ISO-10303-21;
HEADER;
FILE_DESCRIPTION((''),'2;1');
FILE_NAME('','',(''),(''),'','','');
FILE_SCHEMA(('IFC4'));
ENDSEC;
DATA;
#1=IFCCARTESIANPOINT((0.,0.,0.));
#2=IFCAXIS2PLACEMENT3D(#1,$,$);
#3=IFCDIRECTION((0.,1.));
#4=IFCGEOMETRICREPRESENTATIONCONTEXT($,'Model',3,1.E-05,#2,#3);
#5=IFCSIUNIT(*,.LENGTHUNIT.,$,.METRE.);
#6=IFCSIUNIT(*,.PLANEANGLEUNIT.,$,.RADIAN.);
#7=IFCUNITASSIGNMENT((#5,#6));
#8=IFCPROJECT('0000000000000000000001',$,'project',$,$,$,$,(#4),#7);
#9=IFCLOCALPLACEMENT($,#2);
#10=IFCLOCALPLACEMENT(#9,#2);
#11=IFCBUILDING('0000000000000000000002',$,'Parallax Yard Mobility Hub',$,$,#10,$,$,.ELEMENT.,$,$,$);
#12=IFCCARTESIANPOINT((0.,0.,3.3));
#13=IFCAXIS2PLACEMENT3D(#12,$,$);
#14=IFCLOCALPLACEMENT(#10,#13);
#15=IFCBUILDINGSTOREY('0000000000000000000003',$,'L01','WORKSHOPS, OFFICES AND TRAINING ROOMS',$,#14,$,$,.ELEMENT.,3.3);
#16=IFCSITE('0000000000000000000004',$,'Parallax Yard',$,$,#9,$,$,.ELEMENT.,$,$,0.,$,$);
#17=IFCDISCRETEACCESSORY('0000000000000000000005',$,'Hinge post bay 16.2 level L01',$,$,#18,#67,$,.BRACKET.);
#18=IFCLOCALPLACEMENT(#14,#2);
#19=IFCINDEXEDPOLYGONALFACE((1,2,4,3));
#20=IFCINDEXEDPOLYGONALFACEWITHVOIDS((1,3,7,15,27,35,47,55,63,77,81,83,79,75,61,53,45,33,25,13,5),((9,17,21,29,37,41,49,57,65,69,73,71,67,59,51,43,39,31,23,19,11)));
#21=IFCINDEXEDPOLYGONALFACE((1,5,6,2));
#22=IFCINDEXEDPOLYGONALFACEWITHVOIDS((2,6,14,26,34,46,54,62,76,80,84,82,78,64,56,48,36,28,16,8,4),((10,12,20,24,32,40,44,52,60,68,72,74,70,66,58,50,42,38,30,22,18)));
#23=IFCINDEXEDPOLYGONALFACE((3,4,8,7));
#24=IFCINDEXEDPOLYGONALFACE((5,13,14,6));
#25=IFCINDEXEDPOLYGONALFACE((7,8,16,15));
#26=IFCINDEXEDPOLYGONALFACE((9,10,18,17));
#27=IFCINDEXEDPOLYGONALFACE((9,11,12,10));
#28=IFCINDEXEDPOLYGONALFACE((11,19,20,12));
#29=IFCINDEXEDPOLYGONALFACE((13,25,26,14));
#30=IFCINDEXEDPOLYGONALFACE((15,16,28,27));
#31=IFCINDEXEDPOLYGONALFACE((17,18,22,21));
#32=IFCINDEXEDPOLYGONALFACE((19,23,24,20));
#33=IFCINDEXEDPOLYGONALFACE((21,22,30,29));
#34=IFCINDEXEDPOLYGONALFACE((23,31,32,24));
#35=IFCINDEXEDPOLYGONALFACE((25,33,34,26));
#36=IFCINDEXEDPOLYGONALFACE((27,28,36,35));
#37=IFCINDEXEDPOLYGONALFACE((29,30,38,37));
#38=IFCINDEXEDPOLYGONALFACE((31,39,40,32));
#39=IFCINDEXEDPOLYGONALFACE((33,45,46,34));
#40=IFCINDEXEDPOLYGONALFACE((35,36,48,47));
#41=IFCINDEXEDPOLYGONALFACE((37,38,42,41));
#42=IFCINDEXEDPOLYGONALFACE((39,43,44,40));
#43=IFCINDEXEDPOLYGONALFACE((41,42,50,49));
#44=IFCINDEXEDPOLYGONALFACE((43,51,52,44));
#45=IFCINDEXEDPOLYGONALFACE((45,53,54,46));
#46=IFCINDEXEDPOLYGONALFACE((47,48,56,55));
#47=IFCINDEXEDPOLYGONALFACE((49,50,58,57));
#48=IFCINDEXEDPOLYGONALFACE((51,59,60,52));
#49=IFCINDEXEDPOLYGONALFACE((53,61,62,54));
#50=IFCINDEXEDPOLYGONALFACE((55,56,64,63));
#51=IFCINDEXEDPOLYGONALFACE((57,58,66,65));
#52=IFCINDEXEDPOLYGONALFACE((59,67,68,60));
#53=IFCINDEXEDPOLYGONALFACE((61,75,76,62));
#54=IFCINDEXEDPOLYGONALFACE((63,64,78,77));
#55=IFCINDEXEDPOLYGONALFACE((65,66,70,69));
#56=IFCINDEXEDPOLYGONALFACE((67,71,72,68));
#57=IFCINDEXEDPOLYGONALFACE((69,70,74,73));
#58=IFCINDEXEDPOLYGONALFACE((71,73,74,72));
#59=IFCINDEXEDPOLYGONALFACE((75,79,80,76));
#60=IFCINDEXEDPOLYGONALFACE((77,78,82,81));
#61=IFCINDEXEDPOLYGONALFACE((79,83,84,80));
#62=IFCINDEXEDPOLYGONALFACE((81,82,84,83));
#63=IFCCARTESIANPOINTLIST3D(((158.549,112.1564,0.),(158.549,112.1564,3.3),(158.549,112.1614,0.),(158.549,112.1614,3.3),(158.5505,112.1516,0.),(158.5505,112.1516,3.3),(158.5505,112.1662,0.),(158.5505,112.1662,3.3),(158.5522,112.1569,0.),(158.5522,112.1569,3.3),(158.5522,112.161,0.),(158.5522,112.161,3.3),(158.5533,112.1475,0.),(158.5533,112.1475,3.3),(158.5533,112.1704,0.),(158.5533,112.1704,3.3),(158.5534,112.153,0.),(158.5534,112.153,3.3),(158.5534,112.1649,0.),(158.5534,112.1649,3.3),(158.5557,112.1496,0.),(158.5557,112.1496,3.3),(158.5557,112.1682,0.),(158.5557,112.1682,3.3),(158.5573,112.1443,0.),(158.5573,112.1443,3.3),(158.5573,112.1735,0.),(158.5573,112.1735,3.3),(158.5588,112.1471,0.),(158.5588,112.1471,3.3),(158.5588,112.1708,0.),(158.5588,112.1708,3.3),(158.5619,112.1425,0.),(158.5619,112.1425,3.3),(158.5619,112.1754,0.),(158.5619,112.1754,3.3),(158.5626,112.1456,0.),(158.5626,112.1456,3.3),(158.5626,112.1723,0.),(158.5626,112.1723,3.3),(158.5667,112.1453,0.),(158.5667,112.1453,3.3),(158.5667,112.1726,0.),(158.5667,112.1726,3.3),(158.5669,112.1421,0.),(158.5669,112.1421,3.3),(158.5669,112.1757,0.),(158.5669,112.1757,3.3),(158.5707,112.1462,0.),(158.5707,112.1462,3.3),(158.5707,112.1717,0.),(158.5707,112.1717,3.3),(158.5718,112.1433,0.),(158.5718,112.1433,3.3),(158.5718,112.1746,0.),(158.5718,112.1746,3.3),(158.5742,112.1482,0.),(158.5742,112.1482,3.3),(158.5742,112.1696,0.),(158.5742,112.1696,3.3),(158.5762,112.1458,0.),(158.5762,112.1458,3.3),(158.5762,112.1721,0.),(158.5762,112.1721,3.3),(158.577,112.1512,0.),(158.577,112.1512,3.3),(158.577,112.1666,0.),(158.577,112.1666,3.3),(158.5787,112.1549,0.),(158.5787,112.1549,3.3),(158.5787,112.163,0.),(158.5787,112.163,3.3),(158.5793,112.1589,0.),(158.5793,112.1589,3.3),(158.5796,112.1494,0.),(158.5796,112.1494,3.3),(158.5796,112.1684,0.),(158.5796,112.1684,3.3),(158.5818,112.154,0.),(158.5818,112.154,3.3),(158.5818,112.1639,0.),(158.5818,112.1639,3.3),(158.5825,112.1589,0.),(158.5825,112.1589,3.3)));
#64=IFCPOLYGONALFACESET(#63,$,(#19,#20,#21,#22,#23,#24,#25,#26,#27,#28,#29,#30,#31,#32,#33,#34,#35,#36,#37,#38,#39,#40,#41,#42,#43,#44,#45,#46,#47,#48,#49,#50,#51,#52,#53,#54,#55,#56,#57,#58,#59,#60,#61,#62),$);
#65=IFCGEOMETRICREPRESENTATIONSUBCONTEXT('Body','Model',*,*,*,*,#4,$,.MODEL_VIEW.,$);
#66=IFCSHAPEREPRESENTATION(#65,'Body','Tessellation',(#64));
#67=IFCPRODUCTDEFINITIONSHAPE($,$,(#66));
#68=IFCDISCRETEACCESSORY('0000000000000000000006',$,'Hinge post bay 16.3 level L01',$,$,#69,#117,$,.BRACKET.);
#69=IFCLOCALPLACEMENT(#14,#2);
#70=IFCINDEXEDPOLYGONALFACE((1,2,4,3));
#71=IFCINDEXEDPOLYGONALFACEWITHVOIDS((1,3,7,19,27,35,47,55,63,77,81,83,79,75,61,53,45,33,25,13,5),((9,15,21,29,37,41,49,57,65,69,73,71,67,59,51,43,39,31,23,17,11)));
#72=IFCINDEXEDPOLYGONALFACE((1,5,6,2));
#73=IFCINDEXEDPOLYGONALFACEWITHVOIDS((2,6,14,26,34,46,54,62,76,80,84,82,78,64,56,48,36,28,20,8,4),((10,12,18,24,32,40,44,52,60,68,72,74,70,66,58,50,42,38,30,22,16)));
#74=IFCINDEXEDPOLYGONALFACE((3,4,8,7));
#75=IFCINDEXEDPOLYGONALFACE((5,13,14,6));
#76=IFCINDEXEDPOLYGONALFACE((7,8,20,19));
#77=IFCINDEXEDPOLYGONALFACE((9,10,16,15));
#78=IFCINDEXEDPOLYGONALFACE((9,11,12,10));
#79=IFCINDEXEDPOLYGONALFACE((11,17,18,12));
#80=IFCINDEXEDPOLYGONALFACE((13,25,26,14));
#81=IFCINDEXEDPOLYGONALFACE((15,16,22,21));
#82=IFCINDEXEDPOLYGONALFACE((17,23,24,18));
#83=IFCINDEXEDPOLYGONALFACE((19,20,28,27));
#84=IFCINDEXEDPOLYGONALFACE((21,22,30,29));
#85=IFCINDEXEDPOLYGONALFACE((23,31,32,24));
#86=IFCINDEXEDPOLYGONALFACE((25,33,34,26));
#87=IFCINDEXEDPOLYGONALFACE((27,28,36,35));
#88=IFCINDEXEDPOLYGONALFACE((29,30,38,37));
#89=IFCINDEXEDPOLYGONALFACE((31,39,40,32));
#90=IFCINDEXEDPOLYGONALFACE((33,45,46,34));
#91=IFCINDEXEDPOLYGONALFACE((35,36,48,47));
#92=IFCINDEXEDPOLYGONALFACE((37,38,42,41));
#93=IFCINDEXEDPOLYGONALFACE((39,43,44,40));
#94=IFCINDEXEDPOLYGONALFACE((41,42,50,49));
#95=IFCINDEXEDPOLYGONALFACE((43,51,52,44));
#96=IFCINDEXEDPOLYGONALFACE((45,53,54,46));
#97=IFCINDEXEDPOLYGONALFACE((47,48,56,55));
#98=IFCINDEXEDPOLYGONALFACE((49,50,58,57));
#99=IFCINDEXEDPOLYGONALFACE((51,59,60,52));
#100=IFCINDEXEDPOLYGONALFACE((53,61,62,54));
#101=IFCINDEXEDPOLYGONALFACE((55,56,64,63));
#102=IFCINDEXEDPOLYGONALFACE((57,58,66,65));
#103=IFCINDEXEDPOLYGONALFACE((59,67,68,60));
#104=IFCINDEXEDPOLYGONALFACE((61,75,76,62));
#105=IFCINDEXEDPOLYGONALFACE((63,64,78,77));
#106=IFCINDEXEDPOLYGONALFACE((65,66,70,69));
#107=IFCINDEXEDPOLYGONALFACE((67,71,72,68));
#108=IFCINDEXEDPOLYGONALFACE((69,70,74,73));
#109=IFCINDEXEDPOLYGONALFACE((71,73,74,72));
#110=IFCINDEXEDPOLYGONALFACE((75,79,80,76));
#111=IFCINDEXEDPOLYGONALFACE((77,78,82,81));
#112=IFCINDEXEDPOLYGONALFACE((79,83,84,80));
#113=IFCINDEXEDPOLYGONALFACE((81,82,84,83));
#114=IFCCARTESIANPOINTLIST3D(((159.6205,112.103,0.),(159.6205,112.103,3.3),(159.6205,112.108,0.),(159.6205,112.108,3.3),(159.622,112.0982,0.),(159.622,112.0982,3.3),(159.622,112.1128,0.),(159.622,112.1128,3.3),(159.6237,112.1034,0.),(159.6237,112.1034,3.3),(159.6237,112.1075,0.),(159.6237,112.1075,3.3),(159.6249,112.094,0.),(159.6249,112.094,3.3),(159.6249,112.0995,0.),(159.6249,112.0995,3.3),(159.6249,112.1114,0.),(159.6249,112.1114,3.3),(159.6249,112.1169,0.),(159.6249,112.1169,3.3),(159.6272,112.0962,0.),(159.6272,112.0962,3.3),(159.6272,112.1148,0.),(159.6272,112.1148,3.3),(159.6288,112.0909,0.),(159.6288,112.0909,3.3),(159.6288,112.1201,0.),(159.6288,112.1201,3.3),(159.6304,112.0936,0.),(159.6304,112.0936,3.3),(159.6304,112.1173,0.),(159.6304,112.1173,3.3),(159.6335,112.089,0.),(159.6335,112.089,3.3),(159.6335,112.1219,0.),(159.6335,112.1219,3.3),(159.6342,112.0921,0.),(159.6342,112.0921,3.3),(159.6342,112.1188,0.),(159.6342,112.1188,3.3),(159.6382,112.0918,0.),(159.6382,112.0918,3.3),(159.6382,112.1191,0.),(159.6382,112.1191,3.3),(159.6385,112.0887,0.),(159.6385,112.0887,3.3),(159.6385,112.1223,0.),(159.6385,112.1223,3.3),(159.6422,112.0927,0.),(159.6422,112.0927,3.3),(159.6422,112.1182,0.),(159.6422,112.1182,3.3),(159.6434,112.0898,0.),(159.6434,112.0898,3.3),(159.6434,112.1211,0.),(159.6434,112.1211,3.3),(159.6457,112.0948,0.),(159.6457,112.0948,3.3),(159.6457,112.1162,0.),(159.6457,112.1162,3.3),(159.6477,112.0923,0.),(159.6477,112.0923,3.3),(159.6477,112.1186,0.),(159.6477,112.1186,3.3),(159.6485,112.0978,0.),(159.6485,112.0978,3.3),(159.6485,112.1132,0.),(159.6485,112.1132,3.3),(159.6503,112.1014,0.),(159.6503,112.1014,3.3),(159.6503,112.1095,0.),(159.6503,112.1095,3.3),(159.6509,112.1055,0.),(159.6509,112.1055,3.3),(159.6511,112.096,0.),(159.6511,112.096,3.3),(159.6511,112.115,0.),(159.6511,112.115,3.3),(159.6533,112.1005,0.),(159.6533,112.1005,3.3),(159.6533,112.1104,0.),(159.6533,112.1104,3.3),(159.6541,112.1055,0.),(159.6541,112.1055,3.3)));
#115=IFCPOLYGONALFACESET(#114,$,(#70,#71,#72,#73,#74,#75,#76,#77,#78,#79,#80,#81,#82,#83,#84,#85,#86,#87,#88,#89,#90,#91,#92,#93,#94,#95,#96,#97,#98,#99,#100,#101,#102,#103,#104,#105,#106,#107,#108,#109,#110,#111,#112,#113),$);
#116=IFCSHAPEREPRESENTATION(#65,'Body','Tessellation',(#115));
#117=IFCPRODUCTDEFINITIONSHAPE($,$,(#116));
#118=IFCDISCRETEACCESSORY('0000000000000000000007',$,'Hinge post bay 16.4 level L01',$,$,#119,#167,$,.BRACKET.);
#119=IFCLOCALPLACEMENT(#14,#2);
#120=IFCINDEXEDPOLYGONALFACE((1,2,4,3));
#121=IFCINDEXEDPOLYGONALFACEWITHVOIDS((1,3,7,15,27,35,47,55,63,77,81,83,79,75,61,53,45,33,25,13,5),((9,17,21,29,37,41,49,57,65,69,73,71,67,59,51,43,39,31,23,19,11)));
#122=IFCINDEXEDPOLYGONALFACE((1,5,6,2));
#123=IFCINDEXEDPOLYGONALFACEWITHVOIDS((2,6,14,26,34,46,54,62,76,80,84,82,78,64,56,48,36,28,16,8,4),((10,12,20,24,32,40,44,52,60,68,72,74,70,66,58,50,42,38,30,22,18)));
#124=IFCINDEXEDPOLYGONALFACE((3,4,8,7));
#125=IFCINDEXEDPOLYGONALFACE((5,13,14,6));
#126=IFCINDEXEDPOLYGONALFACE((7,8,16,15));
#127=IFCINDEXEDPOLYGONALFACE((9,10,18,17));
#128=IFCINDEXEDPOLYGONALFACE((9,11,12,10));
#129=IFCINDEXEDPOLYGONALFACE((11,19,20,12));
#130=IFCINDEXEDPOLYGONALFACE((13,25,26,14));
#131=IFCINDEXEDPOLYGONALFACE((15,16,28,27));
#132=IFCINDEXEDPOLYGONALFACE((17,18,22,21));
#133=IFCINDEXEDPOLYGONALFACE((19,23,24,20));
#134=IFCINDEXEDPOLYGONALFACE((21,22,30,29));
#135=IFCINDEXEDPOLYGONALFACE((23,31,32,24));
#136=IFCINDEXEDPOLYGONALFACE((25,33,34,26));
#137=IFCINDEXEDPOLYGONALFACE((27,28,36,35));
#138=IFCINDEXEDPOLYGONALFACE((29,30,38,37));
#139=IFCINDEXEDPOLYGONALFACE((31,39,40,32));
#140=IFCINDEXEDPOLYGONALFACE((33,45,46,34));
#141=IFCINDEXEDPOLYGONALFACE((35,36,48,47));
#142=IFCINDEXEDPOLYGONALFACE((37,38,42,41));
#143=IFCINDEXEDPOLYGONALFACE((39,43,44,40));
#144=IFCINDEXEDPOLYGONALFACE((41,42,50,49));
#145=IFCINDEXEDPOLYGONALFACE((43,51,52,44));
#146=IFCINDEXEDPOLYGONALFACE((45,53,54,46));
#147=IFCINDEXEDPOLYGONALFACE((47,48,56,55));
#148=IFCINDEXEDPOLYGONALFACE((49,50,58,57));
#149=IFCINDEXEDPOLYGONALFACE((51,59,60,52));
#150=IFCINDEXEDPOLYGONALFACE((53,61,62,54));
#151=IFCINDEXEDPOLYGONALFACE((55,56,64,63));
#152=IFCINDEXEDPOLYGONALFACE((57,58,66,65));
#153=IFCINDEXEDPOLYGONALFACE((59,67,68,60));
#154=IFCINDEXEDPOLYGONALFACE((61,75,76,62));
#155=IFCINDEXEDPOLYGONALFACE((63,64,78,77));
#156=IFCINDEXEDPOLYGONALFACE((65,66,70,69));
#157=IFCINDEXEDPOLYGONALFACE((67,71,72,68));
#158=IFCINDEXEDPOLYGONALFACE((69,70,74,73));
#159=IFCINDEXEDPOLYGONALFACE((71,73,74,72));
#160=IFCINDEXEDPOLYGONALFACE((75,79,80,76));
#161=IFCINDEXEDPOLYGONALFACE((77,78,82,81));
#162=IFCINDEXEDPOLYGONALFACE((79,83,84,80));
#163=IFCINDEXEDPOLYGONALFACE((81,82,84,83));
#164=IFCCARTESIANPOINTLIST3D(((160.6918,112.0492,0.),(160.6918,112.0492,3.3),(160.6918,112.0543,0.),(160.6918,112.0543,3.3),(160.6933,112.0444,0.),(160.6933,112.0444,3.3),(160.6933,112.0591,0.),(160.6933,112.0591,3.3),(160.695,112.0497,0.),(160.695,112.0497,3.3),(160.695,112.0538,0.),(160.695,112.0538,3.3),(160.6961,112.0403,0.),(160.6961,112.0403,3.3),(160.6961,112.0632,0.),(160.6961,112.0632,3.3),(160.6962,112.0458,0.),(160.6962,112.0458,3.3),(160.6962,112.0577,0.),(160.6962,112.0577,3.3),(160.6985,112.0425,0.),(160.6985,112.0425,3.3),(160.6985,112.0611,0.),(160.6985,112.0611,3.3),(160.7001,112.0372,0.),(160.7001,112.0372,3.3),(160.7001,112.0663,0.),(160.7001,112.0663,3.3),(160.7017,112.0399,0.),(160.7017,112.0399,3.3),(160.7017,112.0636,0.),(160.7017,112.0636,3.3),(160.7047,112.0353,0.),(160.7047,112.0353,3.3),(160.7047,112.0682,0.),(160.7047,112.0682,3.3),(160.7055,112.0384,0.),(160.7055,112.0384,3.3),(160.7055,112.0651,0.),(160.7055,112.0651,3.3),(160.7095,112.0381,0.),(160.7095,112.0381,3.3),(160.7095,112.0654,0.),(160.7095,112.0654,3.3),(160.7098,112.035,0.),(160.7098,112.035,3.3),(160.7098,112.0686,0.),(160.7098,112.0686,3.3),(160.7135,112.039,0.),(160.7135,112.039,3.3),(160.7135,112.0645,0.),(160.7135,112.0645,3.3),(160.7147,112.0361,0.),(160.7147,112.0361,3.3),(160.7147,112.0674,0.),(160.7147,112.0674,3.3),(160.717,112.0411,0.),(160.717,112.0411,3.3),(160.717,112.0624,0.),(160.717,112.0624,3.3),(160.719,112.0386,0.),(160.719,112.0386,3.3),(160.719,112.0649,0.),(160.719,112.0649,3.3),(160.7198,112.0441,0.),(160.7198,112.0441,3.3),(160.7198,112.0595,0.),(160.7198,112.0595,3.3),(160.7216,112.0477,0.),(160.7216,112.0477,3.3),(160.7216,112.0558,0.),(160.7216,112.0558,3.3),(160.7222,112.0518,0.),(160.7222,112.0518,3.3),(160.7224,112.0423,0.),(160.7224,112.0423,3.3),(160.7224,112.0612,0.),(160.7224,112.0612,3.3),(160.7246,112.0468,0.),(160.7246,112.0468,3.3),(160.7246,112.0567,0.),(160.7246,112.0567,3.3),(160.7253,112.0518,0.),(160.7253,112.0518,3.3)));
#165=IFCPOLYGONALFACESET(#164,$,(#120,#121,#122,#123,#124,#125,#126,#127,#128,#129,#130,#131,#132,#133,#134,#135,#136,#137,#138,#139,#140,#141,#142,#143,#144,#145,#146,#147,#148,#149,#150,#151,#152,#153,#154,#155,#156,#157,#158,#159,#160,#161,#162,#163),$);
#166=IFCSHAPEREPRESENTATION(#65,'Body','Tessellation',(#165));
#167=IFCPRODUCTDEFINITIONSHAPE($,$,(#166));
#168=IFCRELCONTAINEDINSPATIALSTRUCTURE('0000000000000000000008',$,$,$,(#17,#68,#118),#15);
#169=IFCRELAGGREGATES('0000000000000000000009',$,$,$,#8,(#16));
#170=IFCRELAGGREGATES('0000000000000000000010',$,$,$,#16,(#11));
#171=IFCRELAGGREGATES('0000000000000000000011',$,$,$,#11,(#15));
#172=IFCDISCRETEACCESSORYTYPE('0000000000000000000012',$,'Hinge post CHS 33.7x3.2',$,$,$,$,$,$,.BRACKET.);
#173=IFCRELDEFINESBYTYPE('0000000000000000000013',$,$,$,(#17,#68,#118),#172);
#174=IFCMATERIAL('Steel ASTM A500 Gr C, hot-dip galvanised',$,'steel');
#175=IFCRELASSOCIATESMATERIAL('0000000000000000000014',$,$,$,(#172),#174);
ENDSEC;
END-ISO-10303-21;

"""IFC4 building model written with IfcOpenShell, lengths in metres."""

from ifc_helpers import new_model, si_unit, direction, frame, origin, origin_2d, place, context, subcontext, project, spatial, hollow_circle, extrude, material, material_profile, profile_set, type_object, element, save


model = new_model("IFC4")

# Units and contexts
model_context = context("Model", 3, precision=1e-05, world=origin(), true_north=direction((0.0, 1.0)))
body_context = subcontext(model_context, "Body", "Model", "MODEL_VIEW")
ifc_project = project(units=[si_unit("LENGTHUNIT", "METRE"), si_unit("PLANEANGLEUNIT", "RADIAN")], contexts=[model_context])

# Site, building, storey
site_placement = place(None, origin())
site = spatial("IfcSite", under=ifc_project, at=site_placement, Name="Parallax Yard", CompositionType="ELEMENT", RefElevation=0.0)
building_placement = place(site_placement, origin())
building = spatial("IfcBuilding", under=site, at=building_placement, Name="Parallax Yard Mobility Hub", CompositionType="ELEMENT")
storey_placement = place(building_placement, frame((0.0, 0.0, 3.3)))
storey = spatial("IfcBuildingStorey", under=building, at=storey_placement, Name="L01", Description="WORKSHOPS, OFFICES AND TRAINING ROOMS", CompositionType="ELEMENT", Elevation=3.3)

# Discrete accessories
ifc_material_1 = material(Name="Steel ASTM A500 Gr C, hot-dip galvanised", Category="steel")
ifc_material_profile_1 = material_profile(ifc_material_1, hollow_circle(Radius=0.0168, WallThickness=0.0032, at=origin_2d()), Name="CHS 33.7x3.2")
ifc_profile_set_1 = profile_set([ifc_material_profile_1], Name="Steel ASTM A500 Gr C, hot-dip galvanised")
discrete_accessory_type_1 = type_object("IfcDiscreteAccessoryType", Name="Hinge post CHS 33.7x3.2", PredefinedType="BRACKET", material=ifc_profile_set_1)
for number, where, z_axis, x_axis, name in (
    (1, (158.5657, 112.1589, 0.0), (0.0, 0.0, 1.0), (1.0, 0.0, 0.0), "Hinge post bay 16.2 level L01"),
    (2, (159.6372, 112.1055, 0.0), (0.0, 0.0, 1.0), (1.0, 0.0, 0.0), "Hinge post bay 16.3 level L01"),
    (3, (160.7085, 112.0518, 0.0), (0.0, 0.0, 1.0), (1.0, 0.0, 0.0), "Hinge post bay 16.4 level L01"),
):
    element("IfcDiscreteAccessory", number, at=place(storey_placement, frame(where, z_axis=z_axis, x_axis=x_axis)), inside=storey, type_object=discrete_accessory_type_1, Name=name, PredefinedType="BRACKET", context=body_context, shape_type="SweptSolid", body=[
        extrude(hollow_circle(Radius=0.0168, WallThickness=0.0032, at=origin_2d()), origin(), (0.0, 0.0, 1.0), 3.3),
    ])

save(model, "model.ifc")
